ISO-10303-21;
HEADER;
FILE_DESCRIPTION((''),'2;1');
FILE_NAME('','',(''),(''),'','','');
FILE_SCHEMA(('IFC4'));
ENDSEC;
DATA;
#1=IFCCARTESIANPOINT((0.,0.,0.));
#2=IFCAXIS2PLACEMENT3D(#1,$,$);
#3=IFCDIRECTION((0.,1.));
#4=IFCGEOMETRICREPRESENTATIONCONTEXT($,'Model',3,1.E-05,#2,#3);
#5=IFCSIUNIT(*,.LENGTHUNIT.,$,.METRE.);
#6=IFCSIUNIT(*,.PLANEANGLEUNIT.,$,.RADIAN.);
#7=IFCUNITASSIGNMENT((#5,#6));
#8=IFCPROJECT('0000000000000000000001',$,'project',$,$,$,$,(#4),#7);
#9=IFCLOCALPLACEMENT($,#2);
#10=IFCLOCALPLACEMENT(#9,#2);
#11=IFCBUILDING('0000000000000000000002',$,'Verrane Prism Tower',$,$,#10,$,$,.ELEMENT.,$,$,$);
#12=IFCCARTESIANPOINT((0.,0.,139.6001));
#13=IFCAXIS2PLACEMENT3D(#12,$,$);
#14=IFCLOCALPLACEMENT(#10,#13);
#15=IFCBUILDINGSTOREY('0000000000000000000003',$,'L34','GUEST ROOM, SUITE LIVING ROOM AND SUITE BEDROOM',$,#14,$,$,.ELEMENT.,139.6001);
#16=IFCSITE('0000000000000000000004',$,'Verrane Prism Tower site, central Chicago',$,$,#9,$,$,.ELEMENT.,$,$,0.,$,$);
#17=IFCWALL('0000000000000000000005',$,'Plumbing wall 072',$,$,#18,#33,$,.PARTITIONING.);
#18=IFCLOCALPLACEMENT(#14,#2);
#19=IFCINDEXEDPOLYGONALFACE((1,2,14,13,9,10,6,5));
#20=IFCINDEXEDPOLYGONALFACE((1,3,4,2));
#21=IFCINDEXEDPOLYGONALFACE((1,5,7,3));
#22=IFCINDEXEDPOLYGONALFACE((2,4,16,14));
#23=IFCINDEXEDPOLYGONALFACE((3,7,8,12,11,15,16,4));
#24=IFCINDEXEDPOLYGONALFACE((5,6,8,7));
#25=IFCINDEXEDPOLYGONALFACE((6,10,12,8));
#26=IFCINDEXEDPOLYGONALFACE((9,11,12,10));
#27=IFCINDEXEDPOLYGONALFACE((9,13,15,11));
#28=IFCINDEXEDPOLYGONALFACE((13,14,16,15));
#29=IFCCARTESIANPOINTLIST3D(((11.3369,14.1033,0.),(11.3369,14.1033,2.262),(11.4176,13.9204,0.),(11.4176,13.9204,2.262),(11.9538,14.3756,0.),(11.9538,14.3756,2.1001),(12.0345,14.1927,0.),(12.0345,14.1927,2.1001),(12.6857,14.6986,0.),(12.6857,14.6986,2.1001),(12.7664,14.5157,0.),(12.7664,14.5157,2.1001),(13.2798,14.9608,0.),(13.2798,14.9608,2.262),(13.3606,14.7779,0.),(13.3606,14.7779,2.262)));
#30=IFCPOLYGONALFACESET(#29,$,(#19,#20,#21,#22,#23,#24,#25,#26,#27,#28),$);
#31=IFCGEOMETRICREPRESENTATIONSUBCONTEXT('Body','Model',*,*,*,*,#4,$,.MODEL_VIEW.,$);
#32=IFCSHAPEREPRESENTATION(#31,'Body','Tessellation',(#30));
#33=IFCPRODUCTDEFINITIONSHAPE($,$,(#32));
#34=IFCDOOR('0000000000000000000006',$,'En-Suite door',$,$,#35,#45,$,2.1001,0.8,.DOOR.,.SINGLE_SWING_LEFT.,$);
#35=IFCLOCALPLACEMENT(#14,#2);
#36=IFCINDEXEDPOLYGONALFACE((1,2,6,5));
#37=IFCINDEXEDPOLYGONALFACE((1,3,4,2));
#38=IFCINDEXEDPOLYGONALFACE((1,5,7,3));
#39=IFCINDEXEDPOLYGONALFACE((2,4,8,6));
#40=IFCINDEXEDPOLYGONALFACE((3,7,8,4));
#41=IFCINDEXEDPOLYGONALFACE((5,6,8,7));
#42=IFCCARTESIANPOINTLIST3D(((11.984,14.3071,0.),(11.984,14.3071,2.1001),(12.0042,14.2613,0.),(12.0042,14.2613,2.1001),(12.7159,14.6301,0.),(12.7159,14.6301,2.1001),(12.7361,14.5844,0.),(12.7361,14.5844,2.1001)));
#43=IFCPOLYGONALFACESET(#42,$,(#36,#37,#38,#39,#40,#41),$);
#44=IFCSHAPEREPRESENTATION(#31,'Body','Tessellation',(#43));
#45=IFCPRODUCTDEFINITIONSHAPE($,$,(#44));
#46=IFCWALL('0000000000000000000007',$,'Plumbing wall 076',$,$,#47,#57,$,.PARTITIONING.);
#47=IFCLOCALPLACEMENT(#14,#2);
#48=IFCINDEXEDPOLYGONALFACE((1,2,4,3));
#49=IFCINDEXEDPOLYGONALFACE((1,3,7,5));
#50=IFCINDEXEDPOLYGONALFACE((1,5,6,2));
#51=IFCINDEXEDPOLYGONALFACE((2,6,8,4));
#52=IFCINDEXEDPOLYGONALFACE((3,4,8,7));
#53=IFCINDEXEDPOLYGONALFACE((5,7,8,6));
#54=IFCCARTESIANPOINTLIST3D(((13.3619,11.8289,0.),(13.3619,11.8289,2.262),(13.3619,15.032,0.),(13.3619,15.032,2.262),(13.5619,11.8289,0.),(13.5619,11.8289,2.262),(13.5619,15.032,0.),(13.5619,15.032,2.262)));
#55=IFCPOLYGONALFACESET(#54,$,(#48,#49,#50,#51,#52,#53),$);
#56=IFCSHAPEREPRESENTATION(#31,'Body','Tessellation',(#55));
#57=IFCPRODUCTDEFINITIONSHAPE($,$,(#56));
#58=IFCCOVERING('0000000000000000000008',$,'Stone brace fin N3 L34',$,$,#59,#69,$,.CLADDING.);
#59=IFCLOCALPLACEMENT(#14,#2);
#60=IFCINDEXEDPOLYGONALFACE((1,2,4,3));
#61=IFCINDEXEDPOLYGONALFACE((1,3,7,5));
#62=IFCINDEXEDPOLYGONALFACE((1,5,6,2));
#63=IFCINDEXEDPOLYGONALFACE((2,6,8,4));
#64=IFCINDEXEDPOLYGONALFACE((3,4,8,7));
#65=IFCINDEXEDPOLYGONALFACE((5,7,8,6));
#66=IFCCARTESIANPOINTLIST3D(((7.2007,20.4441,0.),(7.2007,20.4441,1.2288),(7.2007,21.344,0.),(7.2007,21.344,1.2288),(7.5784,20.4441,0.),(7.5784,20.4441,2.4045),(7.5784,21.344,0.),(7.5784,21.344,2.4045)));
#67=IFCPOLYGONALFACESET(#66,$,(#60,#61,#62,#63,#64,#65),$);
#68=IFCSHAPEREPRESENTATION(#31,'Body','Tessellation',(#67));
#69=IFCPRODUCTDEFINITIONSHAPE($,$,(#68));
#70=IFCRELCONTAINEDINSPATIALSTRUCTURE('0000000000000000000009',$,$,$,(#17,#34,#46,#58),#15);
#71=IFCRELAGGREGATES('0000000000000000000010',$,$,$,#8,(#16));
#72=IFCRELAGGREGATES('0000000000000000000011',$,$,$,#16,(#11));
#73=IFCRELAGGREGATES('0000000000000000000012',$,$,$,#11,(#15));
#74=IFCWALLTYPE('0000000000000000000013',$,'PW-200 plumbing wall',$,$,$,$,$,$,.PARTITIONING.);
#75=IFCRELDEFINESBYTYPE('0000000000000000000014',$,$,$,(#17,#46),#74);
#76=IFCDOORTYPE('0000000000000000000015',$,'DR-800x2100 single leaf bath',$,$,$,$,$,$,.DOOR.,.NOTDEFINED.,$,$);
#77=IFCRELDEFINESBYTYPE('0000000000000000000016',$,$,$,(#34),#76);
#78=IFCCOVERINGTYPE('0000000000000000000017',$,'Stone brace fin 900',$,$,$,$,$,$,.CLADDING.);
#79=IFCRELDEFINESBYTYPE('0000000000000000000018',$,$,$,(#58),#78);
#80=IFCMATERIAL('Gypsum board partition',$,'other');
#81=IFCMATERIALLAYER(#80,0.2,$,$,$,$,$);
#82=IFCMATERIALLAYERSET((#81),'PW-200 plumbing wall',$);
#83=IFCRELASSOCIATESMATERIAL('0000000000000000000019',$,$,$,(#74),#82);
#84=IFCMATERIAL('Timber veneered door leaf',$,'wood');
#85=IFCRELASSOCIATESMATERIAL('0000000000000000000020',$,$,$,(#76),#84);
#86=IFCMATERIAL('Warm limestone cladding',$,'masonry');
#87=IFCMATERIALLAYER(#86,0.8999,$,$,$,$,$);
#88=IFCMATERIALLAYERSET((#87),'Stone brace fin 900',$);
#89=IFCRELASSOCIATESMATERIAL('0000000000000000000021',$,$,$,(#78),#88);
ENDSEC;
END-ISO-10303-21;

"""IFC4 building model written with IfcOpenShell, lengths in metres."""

from ifc_helpers import new_model, si_unit, direction, frame, frame_2d, origin, place, context, subcontext, project, spatial, polyline, rectangle, outline, extrude, material, layer, layer_set, type_object, element, fill, save


model = new_model("IFC4")

# Units and contexts
model_context = context("Model", 3, precision=1e-05, world=origin(), true_north=direction((0.0, 1.0)))
body_context = subcontext(model_context, "Body", "Model", "MODEL_VIEW")
ifc_project = project(units=[si_unit("LENGTHUNIT", "METRE"), si_unit("PLANEANGLEUNIT", "RADIAN")], contexts=[model_context])

# Site, building, storey
site_placement = place(None, origin())
site = spatial("IfcSite", under=ifc_project, at=site_placement, Name="Verrane Prism Tower site, central Chicago", CompositionType="ELEMENT", RefElevation=0.0)
building_placement = place(site_placement, origin())
building = spatial("IfcBuilding", under=site, at=building_placement, Name="Verrane Prism Tower", CompositionType="ELEMENT")
storey_placement = place(building_placement, frame((0.0, 0.0, 139.6001)))
storey = spatial("IfcBuildingStorey", under=building, at=storey_placement, Name="L34", Description="GUEST ROOM, SUITE LIVING ROOM AND SUITE BEDROOM", CompositionType="ELEMENT", Elevation=139.6001)

# Shared definitions
ifc_material_1 = material(Name="Gypsum board partition", Category="other")
ifc_layer_1 = layer(ifc_material_1, 0.2)
ifc_layer_set_1 = layer_set([ifc_layer_1], Name="PW-200 plumbing wall")
wall_type_1 = type_object("IfcWallType", Name="PW-200 plumbing wall", PredefinedType="PARTITIONING", material=ifc_layer_set_1)

# Shared definitions
ifc_material_2 = material(Name="Timber veneered door leaf", Category="wood")
door_type_1 = type_object("IfcDoorType", Name="DR-800x2100 single leaf bath", OperationType="NOTDEFINED", PredefinedType="DOOR", material=ifc_material_2)

# Wall, opening, door
wall_1_placement = place(storey_placement, frame((13.3203, 14.8694, 0.0), z_axis=(0.0, 0.0, 1.0), x_axis=(-0.91487, -0.403748, 0.0)))
wall_1 = element("IfcWall", 1, at=wall_1_placement, inside=storey, type_object=wall_type_1, Name="Plumbing wall 072", PredefinedType="PARTITIONING", context=body_context, shape_type="SweptSolid", body=[
    extrude(rectangle(XDim=2.1238, YDim=0.2, at=frame_2d((1.062, 0.0))), origin(), (0.0, 0.0, 1.0), 2.262),
])
opening_1_placement = place(wall_1_placement, frame((0.6497, 0.0, 0.0)))
opening_1 = element("IfcOpeningElement", 2, at=opening_1_placement, cuts=wall_1, PredefinedType="OPENING", context=body_context, shape_type="SweptSolid", body=[
    extrude(rectangle(XDim=0.8, YDim=2.1001, at=frame_2d((0.3999, 1.05))), frame((0.0, 0.1099, 0.0), z_axis=(0.0, -1.0, 0.0), x_axis=(1.0, 0.0, 0.0)), (0.0, 0.0, 1.0), 0.22),
])
door_1_placement = place(opening_1_placement, origin())
door_1 = element("IfcDoor", 3, at=door_1_placement, inside=storey, type_object=door_type_1, Name="En-Suite door", OperationType="SINGLE_SWING_LEFT", OverallHeight=2.1001, OverallWidth=0.8, PredefinedType="DOOR", context=body_context, shape_type="SweptSolid", body=[
    extrude(rectangle(XDim=0.8, YDim=2.1001, at=frame_2d((0.3999, 1.05))), frame((0.0, 0.0249, 0.0), z_axis=(0.0, -1.0, 0.0), x_axis=(1.0, 0.0, 0.0)), (0.0, 0.0, 1.0), 0.05),
])
fill(opening_1, door_1)

# Wall
wall_2_placement = place(storey_placement, frame((13.4619, 11.8289, 0.0), z_axis=(0.0, 0.0, 1.0), x_axis=(0.0, 1.0, 0.0)))
element("IfcWall", 4, at=wall_2_placement, inside=storey, type_object=wall_type_1, Name="Plumbing wall 076", PredefinedType="PARTITIONING", context=body_context, shape_type="SweptSolid", body=[
    extrude(rectangle(XDim=3.2031, YDim=0.2, at=frame_2d((1.6016, 0.0))), origin(), (0.0, 0.0, 1.0), 2.262),
])

# Covering
ifc_material_3 = material(Name="Warm limestone cladding", Category="masonry")
ifc_layer_2 = layer(ifc_material_3, 0.8999)
ifc_layer_set_2 = layer_set([ifc_layer_2], Name="Stone brace fin 900")
covering_type = type_object("IfcCoveringType", Name="Stone brace fin 900", PredefinedType="CLADDING", material=ifc_layer_set_2)
covering_placement = place(storey_placement, frame((7.2007, 20.894, 0.0), z_axis=(0.0, 0.0, 1.0), x_axis=(1.0, 0.0, 0.0)))
element("IfcCovering", 5, at=covering_placement, inside=storey, type_object=covering_type, Name="Stone brace fin N3 L34", PredefinedType="CLADDING", context=body_context, shape_type="SweptSolid", body=[
    extrude(outline(polyline([(0.0, 0.0), (0.3777, 0.0), (0.3777, 2.4045), (0.0, 1.2288), (0.0, 0.0)])), frame((0.0, 0.45, 0.0), z_axis=(0.0, -1.0, 0.0), x_axis=(1.0, 0.0, 0.0)), (0.0, 0.0, 1.0), 0.8999),
])

save(model, "model.ifc")
